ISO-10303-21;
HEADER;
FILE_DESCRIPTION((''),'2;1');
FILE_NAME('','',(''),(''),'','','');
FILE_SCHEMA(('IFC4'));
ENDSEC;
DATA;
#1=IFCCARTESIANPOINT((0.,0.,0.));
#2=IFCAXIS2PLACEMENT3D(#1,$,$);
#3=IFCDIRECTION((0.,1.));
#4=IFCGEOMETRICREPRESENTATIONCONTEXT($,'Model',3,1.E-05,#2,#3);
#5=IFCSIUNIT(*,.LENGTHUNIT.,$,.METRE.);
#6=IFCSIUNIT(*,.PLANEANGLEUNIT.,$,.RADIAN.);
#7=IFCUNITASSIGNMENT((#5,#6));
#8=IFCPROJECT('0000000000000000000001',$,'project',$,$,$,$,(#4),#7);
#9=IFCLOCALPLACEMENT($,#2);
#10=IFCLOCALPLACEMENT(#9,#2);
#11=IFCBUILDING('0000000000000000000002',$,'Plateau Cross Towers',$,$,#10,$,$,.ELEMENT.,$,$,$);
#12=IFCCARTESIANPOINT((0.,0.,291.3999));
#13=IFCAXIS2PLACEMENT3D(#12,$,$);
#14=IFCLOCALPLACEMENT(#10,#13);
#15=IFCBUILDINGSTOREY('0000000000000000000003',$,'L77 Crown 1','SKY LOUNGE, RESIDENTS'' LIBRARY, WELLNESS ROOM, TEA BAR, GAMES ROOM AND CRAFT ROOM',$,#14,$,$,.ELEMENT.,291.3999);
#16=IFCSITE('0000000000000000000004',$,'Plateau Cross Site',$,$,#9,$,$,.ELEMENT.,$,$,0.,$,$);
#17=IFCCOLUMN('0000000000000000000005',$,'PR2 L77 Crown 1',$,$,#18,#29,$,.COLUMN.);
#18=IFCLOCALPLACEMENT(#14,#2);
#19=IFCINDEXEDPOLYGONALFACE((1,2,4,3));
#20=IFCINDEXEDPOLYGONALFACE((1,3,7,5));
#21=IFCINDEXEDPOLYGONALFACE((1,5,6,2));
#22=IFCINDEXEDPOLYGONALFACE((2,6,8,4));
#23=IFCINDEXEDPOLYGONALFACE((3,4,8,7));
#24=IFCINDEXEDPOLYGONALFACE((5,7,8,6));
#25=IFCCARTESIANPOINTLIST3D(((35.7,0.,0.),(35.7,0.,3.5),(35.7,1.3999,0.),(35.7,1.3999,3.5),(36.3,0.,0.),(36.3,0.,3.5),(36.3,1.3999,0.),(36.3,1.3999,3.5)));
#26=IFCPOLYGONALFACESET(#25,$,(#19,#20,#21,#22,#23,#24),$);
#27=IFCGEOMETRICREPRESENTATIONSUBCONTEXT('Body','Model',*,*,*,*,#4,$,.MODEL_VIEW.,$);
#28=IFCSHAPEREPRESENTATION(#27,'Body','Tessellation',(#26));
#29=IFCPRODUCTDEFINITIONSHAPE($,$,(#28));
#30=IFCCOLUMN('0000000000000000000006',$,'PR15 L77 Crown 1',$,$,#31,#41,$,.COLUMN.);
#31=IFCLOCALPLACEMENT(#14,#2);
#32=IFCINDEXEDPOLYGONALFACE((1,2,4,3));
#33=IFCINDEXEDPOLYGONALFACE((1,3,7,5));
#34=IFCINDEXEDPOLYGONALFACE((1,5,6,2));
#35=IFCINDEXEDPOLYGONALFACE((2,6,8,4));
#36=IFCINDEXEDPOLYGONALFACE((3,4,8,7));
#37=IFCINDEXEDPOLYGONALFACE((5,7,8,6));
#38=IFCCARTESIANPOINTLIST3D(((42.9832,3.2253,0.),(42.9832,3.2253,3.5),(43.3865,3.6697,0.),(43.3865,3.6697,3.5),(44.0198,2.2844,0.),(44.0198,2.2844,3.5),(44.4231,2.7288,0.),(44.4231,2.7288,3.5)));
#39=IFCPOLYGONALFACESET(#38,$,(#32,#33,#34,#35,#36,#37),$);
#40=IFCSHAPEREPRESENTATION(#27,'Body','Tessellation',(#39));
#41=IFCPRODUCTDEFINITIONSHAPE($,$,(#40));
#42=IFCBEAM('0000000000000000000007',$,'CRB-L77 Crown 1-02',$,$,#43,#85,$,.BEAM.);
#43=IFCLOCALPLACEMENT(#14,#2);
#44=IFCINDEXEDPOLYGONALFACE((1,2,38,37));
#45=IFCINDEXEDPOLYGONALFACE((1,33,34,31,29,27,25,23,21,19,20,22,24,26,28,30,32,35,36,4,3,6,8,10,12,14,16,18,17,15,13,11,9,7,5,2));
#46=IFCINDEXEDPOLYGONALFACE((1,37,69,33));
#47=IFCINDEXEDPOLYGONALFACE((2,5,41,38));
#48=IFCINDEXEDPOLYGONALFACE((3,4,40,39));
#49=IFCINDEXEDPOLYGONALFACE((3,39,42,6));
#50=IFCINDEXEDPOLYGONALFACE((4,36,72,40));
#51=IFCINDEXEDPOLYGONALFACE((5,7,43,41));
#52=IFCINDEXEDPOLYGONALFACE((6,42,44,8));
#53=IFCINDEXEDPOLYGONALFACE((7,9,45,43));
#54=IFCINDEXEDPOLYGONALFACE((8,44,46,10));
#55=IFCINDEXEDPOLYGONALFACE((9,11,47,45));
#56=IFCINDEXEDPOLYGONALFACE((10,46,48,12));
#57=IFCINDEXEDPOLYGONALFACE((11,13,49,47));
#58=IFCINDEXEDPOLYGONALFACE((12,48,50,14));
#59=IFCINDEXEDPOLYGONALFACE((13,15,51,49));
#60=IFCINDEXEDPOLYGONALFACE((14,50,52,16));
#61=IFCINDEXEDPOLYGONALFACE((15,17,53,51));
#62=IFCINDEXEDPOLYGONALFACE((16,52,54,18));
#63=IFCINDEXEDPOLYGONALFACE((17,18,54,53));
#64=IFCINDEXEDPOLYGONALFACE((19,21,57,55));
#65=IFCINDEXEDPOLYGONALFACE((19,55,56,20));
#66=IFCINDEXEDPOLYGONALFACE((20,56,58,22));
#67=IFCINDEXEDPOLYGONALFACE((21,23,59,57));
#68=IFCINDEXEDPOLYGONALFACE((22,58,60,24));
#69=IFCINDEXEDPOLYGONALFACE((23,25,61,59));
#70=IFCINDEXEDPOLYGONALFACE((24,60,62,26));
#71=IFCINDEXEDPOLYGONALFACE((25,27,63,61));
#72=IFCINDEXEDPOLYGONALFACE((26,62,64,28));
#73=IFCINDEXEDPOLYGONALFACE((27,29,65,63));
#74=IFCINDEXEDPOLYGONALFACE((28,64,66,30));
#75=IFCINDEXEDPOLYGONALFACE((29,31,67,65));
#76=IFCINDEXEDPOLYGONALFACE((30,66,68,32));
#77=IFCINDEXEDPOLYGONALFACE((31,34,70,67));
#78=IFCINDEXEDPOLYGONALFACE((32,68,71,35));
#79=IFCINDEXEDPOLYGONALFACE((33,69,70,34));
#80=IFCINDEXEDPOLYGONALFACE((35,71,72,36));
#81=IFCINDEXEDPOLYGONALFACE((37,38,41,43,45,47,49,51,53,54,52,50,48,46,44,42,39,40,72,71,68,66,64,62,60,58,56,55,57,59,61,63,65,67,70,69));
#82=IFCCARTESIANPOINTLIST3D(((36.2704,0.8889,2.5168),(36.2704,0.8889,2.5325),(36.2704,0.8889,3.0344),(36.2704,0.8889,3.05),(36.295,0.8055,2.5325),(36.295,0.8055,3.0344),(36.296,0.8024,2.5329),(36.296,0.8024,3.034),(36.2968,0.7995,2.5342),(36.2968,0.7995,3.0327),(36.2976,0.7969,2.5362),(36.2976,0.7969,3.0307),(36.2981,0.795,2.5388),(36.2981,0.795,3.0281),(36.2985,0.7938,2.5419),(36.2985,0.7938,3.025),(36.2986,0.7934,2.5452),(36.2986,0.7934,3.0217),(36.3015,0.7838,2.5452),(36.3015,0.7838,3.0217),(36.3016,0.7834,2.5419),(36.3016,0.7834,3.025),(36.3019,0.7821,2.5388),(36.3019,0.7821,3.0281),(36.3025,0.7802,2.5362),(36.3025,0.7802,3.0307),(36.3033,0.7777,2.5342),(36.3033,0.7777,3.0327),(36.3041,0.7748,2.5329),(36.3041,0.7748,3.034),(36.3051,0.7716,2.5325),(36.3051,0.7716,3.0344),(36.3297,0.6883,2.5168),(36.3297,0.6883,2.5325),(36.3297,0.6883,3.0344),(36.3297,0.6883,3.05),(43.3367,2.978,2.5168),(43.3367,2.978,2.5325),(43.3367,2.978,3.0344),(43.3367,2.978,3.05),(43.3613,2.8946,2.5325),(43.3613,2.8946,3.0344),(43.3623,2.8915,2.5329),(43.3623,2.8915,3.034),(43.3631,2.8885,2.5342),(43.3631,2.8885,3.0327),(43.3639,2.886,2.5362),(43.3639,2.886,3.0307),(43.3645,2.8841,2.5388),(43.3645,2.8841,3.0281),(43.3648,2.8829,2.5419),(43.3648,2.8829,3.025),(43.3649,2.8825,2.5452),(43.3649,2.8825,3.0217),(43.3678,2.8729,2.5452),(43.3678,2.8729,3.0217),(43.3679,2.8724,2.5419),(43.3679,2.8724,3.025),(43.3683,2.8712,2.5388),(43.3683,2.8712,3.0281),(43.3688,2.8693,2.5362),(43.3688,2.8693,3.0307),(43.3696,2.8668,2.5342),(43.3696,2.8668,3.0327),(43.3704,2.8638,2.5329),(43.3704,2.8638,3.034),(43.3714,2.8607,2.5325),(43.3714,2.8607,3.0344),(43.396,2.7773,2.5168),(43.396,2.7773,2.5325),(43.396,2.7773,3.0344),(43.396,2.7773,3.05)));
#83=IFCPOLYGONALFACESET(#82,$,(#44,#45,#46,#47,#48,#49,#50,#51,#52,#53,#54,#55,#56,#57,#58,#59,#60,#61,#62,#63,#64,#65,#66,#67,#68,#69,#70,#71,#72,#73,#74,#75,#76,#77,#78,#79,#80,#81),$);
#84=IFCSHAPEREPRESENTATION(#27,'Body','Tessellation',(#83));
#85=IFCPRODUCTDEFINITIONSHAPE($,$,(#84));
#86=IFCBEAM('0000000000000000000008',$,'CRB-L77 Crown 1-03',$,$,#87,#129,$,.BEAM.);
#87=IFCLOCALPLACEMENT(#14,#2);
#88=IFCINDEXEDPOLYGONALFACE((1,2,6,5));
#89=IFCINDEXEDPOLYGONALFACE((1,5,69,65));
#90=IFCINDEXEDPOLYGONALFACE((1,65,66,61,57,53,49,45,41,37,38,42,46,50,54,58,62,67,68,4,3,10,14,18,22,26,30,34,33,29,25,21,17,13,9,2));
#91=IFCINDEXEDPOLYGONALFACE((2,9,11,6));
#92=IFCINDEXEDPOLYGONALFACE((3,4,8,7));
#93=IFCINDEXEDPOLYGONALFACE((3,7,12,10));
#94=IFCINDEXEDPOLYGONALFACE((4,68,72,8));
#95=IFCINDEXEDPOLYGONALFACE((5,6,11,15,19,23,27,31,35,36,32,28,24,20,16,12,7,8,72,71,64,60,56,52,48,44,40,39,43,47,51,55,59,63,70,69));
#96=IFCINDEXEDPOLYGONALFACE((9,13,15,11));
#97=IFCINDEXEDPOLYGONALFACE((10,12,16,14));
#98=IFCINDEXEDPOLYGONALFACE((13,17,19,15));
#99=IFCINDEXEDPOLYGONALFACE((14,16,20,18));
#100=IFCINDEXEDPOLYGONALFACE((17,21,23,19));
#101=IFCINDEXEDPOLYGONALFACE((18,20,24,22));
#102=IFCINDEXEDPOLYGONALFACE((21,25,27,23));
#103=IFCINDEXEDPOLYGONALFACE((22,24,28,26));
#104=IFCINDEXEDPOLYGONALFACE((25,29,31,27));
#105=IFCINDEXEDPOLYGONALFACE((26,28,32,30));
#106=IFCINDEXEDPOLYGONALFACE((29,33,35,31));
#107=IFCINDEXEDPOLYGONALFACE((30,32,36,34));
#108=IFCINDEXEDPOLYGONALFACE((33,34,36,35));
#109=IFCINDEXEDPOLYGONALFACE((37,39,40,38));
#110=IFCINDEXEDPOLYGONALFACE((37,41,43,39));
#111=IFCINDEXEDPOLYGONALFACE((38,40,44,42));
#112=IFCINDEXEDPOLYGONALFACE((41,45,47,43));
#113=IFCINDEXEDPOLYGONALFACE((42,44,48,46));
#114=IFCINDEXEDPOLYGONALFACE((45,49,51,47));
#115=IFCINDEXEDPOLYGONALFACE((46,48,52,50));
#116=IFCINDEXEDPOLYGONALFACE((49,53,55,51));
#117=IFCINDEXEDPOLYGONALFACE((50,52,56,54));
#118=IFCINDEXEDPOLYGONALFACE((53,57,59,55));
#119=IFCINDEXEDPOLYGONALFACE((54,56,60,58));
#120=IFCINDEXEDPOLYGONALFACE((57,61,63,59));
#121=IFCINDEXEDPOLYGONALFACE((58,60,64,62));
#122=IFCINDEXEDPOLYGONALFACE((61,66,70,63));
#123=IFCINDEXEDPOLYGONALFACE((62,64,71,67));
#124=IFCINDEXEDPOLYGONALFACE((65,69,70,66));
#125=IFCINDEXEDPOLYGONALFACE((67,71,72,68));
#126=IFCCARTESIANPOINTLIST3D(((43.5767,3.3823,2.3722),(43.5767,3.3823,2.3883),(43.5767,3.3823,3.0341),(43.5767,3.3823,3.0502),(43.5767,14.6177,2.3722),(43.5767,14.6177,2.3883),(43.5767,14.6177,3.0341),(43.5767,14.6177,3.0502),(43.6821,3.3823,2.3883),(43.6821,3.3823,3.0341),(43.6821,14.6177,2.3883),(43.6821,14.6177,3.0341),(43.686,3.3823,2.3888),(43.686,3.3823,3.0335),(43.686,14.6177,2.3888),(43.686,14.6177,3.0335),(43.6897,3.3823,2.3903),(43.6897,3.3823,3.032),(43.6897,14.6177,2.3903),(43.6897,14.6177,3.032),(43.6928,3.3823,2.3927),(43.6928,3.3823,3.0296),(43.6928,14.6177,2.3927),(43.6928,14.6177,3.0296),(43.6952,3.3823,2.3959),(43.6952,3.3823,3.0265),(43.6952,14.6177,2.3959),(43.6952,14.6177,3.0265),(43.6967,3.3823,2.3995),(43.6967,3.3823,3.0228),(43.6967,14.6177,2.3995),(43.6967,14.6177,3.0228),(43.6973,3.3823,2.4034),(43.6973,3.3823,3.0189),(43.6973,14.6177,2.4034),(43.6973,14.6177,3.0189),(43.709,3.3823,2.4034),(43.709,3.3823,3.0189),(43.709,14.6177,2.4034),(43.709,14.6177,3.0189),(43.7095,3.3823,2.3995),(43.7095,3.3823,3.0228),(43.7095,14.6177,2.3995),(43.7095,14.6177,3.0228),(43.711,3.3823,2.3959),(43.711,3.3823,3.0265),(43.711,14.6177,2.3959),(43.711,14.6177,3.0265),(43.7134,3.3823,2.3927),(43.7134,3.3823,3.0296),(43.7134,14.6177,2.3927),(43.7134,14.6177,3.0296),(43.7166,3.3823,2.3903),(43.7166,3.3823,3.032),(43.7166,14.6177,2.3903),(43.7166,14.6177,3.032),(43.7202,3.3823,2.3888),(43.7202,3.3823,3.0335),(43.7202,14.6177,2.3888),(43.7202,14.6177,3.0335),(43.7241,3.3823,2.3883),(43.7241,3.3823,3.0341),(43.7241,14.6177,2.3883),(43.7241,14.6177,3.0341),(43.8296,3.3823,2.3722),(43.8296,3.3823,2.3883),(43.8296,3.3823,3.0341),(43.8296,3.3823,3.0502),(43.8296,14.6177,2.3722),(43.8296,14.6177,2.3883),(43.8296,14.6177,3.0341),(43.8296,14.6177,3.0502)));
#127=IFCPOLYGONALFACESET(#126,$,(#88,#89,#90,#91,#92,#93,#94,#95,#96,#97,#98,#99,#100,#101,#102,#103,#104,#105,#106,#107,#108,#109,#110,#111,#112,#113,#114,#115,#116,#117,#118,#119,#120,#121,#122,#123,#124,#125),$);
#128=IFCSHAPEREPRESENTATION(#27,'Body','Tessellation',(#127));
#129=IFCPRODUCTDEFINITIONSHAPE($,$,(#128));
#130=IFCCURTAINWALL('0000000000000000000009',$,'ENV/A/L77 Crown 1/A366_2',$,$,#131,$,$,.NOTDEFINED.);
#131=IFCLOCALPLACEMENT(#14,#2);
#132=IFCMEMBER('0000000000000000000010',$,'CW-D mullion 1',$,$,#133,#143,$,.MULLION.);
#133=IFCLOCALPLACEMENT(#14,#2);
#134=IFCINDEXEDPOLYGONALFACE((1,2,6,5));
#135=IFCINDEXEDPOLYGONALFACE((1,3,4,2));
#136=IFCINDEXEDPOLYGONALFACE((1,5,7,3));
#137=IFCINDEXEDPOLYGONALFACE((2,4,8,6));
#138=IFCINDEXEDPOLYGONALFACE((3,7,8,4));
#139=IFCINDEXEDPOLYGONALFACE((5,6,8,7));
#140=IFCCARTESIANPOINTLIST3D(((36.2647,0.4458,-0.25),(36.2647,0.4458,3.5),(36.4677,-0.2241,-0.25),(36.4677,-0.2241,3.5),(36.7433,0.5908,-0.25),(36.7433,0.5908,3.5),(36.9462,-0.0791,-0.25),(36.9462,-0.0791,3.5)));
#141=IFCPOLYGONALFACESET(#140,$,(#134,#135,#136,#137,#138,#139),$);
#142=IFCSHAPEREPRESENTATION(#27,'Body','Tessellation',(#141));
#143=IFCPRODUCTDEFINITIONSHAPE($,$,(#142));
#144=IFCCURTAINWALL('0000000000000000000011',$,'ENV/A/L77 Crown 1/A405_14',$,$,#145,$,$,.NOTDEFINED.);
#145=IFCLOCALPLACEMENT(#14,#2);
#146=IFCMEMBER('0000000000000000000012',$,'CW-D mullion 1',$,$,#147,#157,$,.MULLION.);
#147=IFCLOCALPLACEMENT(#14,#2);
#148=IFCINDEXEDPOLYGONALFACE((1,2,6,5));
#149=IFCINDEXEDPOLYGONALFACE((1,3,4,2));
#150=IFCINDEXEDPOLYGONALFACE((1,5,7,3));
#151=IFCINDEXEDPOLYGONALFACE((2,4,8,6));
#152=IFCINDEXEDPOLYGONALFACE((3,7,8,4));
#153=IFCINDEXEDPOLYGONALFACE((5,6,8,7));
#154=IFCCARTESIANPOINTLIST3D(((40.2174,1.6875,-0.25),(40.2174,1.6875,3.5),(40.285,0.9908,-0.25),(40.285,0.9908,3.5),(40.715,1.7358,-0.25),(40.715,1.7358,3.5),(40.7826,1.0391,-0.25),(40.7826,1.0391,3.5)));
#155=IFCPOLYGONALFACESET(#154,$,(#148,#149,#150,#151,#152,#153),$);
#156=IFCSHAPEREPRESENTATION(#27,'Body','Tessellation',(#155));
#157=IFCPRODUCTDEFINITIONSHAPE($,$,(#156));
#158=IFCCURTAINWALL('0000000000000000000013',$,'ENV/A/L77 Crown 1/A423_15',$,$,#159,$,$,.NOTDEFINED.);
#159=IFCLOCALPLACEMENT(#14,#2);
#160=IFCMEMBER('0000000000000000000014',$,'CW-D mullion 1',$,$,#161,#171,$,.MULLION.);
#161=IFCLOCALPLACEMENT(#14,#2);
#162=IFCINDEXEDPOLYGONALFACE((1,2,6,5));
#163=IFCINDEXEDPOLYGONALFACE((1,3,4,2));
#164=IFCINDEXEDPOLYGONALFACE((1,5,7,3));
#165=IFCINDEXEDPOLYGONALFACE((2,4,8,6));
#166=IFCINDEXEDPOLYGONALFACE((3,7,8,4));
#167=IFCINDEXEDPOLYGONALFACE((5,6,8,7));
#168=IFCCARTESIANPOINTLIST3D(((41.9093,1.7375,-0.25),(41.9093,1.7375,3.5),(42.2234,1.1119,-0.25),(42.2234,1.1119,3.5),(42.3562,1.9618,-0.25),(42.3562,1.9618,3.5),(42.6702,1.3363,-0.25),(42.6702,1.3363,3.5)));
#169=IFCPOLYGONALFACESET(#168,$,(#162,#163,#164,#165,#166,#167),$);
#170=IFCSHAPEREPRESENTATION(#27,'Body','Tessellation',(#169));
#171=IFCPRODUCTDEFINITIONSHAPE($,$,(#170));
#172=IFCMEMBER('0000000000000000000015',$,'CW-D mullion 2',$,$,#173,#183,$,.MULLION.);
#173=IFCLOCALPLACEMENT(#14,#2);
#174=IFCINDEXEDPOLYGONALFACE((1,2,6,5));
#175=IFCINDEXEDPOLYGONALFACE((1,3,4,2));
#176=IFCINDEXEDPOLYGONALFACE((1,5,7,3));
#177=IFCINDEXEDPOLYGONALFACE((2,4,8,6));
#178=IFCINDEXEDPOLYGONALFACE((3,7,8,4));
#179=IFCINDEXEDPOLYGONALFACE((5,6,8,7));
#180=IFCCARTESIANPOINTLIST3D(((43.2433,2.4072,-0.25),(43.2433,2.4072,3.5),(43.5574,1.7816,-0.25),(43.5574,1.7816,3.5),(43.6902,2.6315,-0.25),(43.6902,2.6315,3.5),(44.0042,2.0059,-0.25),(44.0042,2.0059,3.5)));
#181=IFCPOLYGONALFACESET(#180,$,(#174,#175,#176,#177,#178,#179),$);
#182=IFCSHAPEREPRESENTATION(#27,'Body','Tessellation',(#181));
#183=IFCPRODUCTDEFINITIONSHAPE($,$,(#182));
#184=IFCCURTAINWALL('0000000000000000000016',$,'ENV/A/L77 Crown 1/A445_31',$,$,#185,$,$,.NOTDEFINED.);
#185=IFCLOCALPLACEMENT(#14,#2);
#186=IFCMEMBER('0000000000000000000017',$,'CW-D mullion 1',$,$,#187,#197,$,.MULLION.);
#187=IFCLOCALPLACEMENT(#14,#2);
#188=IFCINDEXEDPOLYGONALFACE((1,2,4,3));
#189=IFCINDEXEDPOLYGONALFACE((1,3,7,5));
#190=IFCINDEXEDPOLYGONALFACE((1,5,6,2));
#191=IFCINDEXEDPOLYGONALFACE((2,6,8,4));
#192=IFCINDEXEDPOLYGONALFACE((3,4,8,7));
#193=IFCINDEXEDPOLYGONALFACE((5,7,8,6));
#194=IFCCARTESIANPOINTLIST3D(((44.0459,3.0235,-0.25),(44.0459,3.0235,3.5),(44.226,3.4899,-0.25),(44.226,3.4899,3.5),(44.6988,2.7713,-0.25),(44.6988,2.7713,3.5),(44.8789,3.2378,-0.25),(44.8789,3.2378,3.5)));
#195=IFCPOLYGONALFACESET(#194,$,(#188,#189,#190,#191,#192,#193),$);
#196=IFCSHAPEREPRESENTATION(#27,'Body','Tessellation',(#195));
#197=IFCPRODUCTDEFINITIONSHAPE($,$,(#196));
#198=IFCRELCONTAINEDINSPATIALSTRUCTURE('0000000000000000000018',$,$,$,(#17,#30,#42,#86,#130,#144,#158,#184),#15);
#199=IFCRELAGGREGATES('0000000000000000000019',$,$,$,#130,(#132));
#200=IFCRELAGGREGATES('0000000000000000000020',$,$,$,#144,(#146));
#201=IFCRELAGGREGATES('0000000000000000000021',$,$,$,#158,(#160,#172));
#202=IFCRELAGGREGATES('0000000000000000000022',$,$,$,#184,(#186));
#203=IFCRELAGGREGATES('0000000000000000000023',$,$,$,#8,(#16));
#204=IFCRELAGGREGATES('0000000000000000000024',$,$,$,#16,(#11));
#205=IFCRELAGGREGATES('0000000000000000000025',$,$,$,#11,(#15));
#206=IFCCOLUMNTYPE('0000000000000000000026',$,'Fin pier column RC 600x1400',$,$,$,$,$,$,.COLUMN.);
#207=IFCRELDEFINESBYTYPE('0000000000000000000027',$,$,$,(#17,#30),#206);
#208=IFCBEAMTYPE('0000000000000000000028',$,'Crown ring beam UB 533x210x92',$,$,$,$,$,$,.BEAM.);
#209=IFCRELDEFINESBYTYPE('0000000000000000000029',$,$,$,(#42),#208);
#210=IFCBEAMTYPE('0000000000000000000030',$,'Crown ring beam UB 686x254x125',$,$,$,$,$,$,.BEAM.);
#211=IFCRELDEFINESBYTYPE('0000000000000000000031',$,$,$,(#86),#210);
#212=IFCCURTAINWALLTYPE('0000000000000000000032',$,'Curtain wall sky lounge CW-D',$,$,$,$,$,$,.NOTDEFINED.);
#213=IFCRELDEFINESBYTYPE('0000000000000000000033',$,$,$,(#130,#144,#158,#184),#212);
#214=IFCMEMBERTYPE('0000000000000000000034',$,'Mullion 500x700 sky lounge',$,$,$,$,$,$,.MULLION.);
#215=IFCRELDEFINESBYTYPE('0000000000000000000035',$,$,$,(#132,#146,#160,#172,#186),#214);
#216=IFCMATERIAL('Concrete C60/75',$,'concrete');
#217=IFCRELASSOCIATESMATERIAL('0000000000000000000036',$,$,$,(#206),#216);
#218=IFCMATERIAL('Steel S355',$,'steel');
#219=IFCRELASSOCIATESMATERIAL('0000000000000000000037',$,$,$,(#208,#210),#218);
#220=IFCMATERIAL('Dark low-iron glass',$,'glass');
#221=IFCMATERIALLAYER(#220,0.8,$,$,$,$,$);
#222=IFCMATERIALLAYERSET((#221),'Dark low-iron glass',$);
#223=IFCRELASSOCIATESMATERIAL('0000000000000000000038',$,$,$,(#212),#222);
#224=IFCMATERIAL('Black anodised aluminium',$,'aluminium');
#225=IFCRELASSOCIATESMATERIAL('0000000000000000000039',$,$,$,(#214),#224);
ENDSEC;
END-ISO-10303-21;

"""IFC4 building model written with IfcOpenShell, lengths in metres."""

from ifc_helpers import new_model, si_unit, direction, frame, origin, origin_2d, place, context, subcontext, project, spatial, rectangle, i_section, extrude, material, layer, layer_set, material_profile, profile_set, type_object, element, aggregate, save


model = new_model("IFC4")

# Units and contexts
model_context = context("Model", 3, precision=1e-05, world=origin(), true_north=direction((0.0, 1.0)))
body_context = subcontext(model_context, "Body", "Model", "MODEL_VIEW")
ifc_project = project(units=[si_unit("LENGTHUNIT", "METRE"), si_unit("PLANEANGLEUNIT", "RADIAN")], contexts=[model_context])

# Site, building, storey
site_placement = place(None, origin())
site = spatial("IfcSite", under=ifc_project, at=site_placement, Name="Plateau Cross Site", CompositionType="ELEMENT", RefElevation=0.0)
building_placement = place(site_placement, origin())
building = spatial("IfcBuilding", under=site, at=building_placement, Name="Plateau Cross Towers", CompositionType="ELEMENT")
storey_placement = place(building_placement, frame((0.0, 0.0, 291.3999)))
storey = spatial("IfcBuildingStorey", under=building, at=storey_placement, Name="L77 Crown 1", Description="SKY LOUNGE, RESIDENTS' LIBRARY, WELLNESS ROOM, TEA BAR, GAMES ROOM AND CRAFT ROOM", CompositionType="ELEMENT", Elevation=291.3999)

# Columns
ifc_material_1 = material(Name="Concrete C60/75", Category="concrete")
ifc_material_profile_1 = material_profile(ifc_material_1, rectangle(XDim=0.6001, YDim=1.3999, at=origin_2d()), Name="RC 600x1400")
ifc_profile_set_1 = profile_set([ifc_material_profile_1], Name="Concrete C60/75")
column_type = type_object("IfcColumnType", Name="Fin pier column RC 600x1400", PredefinedType="COLUMN", material=ifc_profile_set_1)
for number, where, z_axis, x_axis, name in (
    (1, (36.0, 0.7, 0.0), (0.0, 0.0, 1.0), (1.0, 0.0, 0.0), "PR2 L77 Crown 1"),
    (2, (43.7031, 2.9771, 0.0), (0.0, 0.0, 1.0), (0.672084, 0.740475, 0.0), "PR15 L77 Crown 1"),
):
    element("IfcColumn", number, at=place(storey_placement, frame(where, z_axis=z_axis, x_axis=x_axis)), inside=storey, type_object=column_type, Name=name, PredefinedType="COLUMN", context=body_context, shape_type="SweptSolid", body=[
        extrude(rectangle(XDim=0.6001, YDim=1.3999, at=origin_2d()), origin(), (0.0, 0.0, 1.0), 3.5),
    ])

# Beams
ifc_material_2 = material(Name="Steel S355", Category="steel")
ifc_material_profile_2 = material_profile(ifc_material_2, i_section(OverallWidth=0.2092, OverallDepth=0.5332, WebThickness=0.01, FlangeThickness=0.0156, FilletRadius=0.0127, at=origin_2d()), Name="UB 533x210x92")
ifc_profile_set_2 = profile_set([ifc_material_profile_2], Name="Steel S355")
beam_type_1 = type_object("IfcBeamType", Name="Crown ring beam UB 533x210x92", PredefinedType="BEAM", material=ifc_profile_set_2)
beam_1_placement = place(storey_placement, frame((36.3, 0.7886, 2.7834), z_axis=(0.958969, 0.28351, 0.0), x_axis=(-0.28351, 0.958969, 0.0)))
element("IfcBeam", 3, at=beam_1_placement, inside=storey, type_object=beam_type_1, Name="CRB-L77 Crown 1-02", PredefinedType="BEAM", context=body_context, shape_type="SweptSolid", body=[
    extrude(i_section(OverallWidth=0.2092, OverallDepth=0.5332, WebThickness=0.01, FlangeThickness=0.0156, FilletRadius=0.0127, at=origin_2d()), origin(), (0.0, 0.0, 1.0), 7.3687),
])
ifc_material_profile_3 = material_profile(ifc_material_2, i_section(OverallWidth=0.2529, OverallDepth=0.678, WebThickness=0.0117, FlangeThickness=0.0161, FilletRadius=0.0151, at=origin_2d()), Name="UB 686x254x125")
ifc_profile_set_3 = profile_set([ifc_material_profile_3], Name="Steel S355")
beam_type_2 = type_object("IfcBeamType", Name="Crown ring beam UB 686x254x125", PredefinedType="BEAM", material=ifc_profile_set_3)
beam_2_placement = place(storey_placement, frame((43.7031, 3.3823, 2.7112), z_axis=(0.0, 1.0, 0.0), x_axis=(-1.0, 0.0, 0.0)))
element("IfcBeam", 4, at=beam_2_placement, inside=storey, type_object=beam_type_2, Name="CRB-L77 Crown 1-03", PredefinedType="BEAM", context=body_context, shape_type="SweptSolid", body=[
    extrude(i_section(OverallWidth=0.2529, OverallDepth=0.678, WebThickness=0.0117, FlangeThickness=0.0161, FilletRadius=0.0151, at=origin_2d()), origin(), (0.0, 0.0, 1.0), 11.2354),
])

# Curtain walls, members
ifc_material_3 = material(Name="Dark low-iron glass", Category="glass")
ifc_layer_1 = layer(ifc_material_3, 0.8)
ifc_layer_set_1 = layer_set([ifc_layer_1], Name="Dark low-iron glass")
curtain_wall_type = type_object("IfcCurtainWallType", Name="Curtain wall sky lounge CW-D", PredefinedType="NOTDEFINED", material=ifc_layer_set_1)
curtain_wall_1_placement = place(storey_placement, origin())
curtain_wall_1 = element("IfcCurtainWall", 5, at=curtain_wall_1_placement, inside=storey, type_object=curtain_wall_type, Name="ENV/A/L77 Crown 1/A366_2", PredefinedType="NOTDEFINED")
ifc_material_4 = material(Name="Black anodised aluminium", Category="aluminium")
ifc_material_profile_4 = material_profile(ifc_material_4, rectangle(XDim=0.5, YDim=0.7, at=origin_2d()), Name="MULLION 500x700")
ifc_profile_set_4 = profile_set([ifc_material_profile_4], Name="Black anodised aluminium")
member_type_1 = type_object("IfcMemberType", Name="Mullion 500x700 sky lounge", PredefinedType="MULLION", material=ifc_profile_set_4)
member_1_placement = place(storey_placement, frame((36.6055, 0.1833, -0.25), z_axis=(0.0, 0.0, 1.0), x_axis=(0.957048, 0.289928, 0.0)))
member_1 = element("IfcMember", 6, at=member_1_placement, type_object=member_type_1, Name="CW-D mullion 1", PredefinedType="MULLION", context=body_context, shape_type="SweptSolid", body=[
    extrude(rectangle(XDim=0.5, YDim=0.7, at=origin_2d()), origin(), (0.0, 0.0, 1.0), 3.75),
])
curtain_wall_2_placement = place(storey_placement, origin())
curtain_wall_2 = element("IfcCurtainWall", 7, at=curtain_wall_2_placement, inside=storey, type_object=curtain_wall_type, Name="ENV/A/L77 Crown 1/A405_14", PredefinedType="NOTDEFINED")
member_2_placement = place(storey_placement, frame((40.5, 1.3633, -0.25), z_axis=(0.0, 0.0, 1.0), x_axis=(0.995323, 0.096606, 0.0)))
member_2 = element("IfcMember", 8, at=member_2_placement, type_object=member_type_1, Name="CW-D mullion 1", PredefinedType="MULLION", context=body_context, shape_type="SweptSolid", body=[
    extrude(rectangle(XDim=0.5, YDim=0.7, at=origin_2d()), origin(), (0.0, 0.0, 1.0), 3.75),
])

# Curtain wall, members
curtain_wall_3_placement = place(storey_placement, origin())
curtain_wall_3 = element("IfcCurtainWall", 9, at=curtain_wall_3_placement, inside=storey, type_object=curtain_wall_type, Name="ENV/A/L77 Crown 1/A423_15", PredefinedType="NOTDEFINED")
member_3_placement = place(storey_placement, frame((42.2898, 1.5369, -0.25), z_axis=(0.0, 0.0, 1.0), x_axis=(0.893702, 0.448661, 0.0)))
member_3 = element("IfcMember", 10, at=member_3_placement, type_object=member_type_1, Name="CW-D mullion 1", PredefinedType="MULLION", context=body_context, shape_type="SweptSolid", body=[
    extrude(rectangle(XDim=0.5, YDim=0.7, at=origin_2d()), origin(), (0.0, 0.0, 1.0), 3.75),
])
member_4_placement = place(storey_placement, frame((43.6238, 2.2065, -0.25), z_axis=(0.0, 0.0, 1.0), x_axis=(0.893702, 0.448661, 0.0)))
member_4 = element("IfcMember", 11, at=member_4_placement, type_object=member_type_1, Name="CW-D mullion 2", PredefinedType="MULLION", context=body_context, shape_type="SweptSolid", body=[
    extrude(rectangle(XDim=0.5, YDim=0.7, at=origin_2d()), origin(), (0.0, 0.0, 1.0), 3.75),
])

# Curtain wall, member
curtain_wall_4_placement = place(storey_placement, origin())
curtain_wall_4 = element("IfcCurtainWall", 12, at=curtain_wall_4_placement, inside=storey, type_object=curtain_wall_type, Name="ENV/A/L77 Crown 1/A445_31", PredefinedType="NOTDEFINED")
member_5_placement = place(storey_placement, frame((44.4624, 3.1306, -0.25), z_axis=(0.0, 0.0, 1.0), x_axis=(0.360226, 0.932865, 0.0)))
member_5 = element("IfcMember", 13, at=member_5_placement, type_object=member_type_1, Name="CW-D mullion 1", PredefinedType="MULLION", context=body_context, shape_type="SweptSolid", body=[
    extrude(rectangle(XDim=0.5, YDim=0.7, at=origin_2d()), origin(), (0.0, 0.0, 1.0), 3.75),
])

aggregate(curtain_wall_1, [member_1])
aggregate(curtain_wall_2, [member_2])
aggregate(curtain_wall_3, [member_3, member_4])
aggregate(curtain_wall_4, [member_5])

save(model, "model.ifc")
